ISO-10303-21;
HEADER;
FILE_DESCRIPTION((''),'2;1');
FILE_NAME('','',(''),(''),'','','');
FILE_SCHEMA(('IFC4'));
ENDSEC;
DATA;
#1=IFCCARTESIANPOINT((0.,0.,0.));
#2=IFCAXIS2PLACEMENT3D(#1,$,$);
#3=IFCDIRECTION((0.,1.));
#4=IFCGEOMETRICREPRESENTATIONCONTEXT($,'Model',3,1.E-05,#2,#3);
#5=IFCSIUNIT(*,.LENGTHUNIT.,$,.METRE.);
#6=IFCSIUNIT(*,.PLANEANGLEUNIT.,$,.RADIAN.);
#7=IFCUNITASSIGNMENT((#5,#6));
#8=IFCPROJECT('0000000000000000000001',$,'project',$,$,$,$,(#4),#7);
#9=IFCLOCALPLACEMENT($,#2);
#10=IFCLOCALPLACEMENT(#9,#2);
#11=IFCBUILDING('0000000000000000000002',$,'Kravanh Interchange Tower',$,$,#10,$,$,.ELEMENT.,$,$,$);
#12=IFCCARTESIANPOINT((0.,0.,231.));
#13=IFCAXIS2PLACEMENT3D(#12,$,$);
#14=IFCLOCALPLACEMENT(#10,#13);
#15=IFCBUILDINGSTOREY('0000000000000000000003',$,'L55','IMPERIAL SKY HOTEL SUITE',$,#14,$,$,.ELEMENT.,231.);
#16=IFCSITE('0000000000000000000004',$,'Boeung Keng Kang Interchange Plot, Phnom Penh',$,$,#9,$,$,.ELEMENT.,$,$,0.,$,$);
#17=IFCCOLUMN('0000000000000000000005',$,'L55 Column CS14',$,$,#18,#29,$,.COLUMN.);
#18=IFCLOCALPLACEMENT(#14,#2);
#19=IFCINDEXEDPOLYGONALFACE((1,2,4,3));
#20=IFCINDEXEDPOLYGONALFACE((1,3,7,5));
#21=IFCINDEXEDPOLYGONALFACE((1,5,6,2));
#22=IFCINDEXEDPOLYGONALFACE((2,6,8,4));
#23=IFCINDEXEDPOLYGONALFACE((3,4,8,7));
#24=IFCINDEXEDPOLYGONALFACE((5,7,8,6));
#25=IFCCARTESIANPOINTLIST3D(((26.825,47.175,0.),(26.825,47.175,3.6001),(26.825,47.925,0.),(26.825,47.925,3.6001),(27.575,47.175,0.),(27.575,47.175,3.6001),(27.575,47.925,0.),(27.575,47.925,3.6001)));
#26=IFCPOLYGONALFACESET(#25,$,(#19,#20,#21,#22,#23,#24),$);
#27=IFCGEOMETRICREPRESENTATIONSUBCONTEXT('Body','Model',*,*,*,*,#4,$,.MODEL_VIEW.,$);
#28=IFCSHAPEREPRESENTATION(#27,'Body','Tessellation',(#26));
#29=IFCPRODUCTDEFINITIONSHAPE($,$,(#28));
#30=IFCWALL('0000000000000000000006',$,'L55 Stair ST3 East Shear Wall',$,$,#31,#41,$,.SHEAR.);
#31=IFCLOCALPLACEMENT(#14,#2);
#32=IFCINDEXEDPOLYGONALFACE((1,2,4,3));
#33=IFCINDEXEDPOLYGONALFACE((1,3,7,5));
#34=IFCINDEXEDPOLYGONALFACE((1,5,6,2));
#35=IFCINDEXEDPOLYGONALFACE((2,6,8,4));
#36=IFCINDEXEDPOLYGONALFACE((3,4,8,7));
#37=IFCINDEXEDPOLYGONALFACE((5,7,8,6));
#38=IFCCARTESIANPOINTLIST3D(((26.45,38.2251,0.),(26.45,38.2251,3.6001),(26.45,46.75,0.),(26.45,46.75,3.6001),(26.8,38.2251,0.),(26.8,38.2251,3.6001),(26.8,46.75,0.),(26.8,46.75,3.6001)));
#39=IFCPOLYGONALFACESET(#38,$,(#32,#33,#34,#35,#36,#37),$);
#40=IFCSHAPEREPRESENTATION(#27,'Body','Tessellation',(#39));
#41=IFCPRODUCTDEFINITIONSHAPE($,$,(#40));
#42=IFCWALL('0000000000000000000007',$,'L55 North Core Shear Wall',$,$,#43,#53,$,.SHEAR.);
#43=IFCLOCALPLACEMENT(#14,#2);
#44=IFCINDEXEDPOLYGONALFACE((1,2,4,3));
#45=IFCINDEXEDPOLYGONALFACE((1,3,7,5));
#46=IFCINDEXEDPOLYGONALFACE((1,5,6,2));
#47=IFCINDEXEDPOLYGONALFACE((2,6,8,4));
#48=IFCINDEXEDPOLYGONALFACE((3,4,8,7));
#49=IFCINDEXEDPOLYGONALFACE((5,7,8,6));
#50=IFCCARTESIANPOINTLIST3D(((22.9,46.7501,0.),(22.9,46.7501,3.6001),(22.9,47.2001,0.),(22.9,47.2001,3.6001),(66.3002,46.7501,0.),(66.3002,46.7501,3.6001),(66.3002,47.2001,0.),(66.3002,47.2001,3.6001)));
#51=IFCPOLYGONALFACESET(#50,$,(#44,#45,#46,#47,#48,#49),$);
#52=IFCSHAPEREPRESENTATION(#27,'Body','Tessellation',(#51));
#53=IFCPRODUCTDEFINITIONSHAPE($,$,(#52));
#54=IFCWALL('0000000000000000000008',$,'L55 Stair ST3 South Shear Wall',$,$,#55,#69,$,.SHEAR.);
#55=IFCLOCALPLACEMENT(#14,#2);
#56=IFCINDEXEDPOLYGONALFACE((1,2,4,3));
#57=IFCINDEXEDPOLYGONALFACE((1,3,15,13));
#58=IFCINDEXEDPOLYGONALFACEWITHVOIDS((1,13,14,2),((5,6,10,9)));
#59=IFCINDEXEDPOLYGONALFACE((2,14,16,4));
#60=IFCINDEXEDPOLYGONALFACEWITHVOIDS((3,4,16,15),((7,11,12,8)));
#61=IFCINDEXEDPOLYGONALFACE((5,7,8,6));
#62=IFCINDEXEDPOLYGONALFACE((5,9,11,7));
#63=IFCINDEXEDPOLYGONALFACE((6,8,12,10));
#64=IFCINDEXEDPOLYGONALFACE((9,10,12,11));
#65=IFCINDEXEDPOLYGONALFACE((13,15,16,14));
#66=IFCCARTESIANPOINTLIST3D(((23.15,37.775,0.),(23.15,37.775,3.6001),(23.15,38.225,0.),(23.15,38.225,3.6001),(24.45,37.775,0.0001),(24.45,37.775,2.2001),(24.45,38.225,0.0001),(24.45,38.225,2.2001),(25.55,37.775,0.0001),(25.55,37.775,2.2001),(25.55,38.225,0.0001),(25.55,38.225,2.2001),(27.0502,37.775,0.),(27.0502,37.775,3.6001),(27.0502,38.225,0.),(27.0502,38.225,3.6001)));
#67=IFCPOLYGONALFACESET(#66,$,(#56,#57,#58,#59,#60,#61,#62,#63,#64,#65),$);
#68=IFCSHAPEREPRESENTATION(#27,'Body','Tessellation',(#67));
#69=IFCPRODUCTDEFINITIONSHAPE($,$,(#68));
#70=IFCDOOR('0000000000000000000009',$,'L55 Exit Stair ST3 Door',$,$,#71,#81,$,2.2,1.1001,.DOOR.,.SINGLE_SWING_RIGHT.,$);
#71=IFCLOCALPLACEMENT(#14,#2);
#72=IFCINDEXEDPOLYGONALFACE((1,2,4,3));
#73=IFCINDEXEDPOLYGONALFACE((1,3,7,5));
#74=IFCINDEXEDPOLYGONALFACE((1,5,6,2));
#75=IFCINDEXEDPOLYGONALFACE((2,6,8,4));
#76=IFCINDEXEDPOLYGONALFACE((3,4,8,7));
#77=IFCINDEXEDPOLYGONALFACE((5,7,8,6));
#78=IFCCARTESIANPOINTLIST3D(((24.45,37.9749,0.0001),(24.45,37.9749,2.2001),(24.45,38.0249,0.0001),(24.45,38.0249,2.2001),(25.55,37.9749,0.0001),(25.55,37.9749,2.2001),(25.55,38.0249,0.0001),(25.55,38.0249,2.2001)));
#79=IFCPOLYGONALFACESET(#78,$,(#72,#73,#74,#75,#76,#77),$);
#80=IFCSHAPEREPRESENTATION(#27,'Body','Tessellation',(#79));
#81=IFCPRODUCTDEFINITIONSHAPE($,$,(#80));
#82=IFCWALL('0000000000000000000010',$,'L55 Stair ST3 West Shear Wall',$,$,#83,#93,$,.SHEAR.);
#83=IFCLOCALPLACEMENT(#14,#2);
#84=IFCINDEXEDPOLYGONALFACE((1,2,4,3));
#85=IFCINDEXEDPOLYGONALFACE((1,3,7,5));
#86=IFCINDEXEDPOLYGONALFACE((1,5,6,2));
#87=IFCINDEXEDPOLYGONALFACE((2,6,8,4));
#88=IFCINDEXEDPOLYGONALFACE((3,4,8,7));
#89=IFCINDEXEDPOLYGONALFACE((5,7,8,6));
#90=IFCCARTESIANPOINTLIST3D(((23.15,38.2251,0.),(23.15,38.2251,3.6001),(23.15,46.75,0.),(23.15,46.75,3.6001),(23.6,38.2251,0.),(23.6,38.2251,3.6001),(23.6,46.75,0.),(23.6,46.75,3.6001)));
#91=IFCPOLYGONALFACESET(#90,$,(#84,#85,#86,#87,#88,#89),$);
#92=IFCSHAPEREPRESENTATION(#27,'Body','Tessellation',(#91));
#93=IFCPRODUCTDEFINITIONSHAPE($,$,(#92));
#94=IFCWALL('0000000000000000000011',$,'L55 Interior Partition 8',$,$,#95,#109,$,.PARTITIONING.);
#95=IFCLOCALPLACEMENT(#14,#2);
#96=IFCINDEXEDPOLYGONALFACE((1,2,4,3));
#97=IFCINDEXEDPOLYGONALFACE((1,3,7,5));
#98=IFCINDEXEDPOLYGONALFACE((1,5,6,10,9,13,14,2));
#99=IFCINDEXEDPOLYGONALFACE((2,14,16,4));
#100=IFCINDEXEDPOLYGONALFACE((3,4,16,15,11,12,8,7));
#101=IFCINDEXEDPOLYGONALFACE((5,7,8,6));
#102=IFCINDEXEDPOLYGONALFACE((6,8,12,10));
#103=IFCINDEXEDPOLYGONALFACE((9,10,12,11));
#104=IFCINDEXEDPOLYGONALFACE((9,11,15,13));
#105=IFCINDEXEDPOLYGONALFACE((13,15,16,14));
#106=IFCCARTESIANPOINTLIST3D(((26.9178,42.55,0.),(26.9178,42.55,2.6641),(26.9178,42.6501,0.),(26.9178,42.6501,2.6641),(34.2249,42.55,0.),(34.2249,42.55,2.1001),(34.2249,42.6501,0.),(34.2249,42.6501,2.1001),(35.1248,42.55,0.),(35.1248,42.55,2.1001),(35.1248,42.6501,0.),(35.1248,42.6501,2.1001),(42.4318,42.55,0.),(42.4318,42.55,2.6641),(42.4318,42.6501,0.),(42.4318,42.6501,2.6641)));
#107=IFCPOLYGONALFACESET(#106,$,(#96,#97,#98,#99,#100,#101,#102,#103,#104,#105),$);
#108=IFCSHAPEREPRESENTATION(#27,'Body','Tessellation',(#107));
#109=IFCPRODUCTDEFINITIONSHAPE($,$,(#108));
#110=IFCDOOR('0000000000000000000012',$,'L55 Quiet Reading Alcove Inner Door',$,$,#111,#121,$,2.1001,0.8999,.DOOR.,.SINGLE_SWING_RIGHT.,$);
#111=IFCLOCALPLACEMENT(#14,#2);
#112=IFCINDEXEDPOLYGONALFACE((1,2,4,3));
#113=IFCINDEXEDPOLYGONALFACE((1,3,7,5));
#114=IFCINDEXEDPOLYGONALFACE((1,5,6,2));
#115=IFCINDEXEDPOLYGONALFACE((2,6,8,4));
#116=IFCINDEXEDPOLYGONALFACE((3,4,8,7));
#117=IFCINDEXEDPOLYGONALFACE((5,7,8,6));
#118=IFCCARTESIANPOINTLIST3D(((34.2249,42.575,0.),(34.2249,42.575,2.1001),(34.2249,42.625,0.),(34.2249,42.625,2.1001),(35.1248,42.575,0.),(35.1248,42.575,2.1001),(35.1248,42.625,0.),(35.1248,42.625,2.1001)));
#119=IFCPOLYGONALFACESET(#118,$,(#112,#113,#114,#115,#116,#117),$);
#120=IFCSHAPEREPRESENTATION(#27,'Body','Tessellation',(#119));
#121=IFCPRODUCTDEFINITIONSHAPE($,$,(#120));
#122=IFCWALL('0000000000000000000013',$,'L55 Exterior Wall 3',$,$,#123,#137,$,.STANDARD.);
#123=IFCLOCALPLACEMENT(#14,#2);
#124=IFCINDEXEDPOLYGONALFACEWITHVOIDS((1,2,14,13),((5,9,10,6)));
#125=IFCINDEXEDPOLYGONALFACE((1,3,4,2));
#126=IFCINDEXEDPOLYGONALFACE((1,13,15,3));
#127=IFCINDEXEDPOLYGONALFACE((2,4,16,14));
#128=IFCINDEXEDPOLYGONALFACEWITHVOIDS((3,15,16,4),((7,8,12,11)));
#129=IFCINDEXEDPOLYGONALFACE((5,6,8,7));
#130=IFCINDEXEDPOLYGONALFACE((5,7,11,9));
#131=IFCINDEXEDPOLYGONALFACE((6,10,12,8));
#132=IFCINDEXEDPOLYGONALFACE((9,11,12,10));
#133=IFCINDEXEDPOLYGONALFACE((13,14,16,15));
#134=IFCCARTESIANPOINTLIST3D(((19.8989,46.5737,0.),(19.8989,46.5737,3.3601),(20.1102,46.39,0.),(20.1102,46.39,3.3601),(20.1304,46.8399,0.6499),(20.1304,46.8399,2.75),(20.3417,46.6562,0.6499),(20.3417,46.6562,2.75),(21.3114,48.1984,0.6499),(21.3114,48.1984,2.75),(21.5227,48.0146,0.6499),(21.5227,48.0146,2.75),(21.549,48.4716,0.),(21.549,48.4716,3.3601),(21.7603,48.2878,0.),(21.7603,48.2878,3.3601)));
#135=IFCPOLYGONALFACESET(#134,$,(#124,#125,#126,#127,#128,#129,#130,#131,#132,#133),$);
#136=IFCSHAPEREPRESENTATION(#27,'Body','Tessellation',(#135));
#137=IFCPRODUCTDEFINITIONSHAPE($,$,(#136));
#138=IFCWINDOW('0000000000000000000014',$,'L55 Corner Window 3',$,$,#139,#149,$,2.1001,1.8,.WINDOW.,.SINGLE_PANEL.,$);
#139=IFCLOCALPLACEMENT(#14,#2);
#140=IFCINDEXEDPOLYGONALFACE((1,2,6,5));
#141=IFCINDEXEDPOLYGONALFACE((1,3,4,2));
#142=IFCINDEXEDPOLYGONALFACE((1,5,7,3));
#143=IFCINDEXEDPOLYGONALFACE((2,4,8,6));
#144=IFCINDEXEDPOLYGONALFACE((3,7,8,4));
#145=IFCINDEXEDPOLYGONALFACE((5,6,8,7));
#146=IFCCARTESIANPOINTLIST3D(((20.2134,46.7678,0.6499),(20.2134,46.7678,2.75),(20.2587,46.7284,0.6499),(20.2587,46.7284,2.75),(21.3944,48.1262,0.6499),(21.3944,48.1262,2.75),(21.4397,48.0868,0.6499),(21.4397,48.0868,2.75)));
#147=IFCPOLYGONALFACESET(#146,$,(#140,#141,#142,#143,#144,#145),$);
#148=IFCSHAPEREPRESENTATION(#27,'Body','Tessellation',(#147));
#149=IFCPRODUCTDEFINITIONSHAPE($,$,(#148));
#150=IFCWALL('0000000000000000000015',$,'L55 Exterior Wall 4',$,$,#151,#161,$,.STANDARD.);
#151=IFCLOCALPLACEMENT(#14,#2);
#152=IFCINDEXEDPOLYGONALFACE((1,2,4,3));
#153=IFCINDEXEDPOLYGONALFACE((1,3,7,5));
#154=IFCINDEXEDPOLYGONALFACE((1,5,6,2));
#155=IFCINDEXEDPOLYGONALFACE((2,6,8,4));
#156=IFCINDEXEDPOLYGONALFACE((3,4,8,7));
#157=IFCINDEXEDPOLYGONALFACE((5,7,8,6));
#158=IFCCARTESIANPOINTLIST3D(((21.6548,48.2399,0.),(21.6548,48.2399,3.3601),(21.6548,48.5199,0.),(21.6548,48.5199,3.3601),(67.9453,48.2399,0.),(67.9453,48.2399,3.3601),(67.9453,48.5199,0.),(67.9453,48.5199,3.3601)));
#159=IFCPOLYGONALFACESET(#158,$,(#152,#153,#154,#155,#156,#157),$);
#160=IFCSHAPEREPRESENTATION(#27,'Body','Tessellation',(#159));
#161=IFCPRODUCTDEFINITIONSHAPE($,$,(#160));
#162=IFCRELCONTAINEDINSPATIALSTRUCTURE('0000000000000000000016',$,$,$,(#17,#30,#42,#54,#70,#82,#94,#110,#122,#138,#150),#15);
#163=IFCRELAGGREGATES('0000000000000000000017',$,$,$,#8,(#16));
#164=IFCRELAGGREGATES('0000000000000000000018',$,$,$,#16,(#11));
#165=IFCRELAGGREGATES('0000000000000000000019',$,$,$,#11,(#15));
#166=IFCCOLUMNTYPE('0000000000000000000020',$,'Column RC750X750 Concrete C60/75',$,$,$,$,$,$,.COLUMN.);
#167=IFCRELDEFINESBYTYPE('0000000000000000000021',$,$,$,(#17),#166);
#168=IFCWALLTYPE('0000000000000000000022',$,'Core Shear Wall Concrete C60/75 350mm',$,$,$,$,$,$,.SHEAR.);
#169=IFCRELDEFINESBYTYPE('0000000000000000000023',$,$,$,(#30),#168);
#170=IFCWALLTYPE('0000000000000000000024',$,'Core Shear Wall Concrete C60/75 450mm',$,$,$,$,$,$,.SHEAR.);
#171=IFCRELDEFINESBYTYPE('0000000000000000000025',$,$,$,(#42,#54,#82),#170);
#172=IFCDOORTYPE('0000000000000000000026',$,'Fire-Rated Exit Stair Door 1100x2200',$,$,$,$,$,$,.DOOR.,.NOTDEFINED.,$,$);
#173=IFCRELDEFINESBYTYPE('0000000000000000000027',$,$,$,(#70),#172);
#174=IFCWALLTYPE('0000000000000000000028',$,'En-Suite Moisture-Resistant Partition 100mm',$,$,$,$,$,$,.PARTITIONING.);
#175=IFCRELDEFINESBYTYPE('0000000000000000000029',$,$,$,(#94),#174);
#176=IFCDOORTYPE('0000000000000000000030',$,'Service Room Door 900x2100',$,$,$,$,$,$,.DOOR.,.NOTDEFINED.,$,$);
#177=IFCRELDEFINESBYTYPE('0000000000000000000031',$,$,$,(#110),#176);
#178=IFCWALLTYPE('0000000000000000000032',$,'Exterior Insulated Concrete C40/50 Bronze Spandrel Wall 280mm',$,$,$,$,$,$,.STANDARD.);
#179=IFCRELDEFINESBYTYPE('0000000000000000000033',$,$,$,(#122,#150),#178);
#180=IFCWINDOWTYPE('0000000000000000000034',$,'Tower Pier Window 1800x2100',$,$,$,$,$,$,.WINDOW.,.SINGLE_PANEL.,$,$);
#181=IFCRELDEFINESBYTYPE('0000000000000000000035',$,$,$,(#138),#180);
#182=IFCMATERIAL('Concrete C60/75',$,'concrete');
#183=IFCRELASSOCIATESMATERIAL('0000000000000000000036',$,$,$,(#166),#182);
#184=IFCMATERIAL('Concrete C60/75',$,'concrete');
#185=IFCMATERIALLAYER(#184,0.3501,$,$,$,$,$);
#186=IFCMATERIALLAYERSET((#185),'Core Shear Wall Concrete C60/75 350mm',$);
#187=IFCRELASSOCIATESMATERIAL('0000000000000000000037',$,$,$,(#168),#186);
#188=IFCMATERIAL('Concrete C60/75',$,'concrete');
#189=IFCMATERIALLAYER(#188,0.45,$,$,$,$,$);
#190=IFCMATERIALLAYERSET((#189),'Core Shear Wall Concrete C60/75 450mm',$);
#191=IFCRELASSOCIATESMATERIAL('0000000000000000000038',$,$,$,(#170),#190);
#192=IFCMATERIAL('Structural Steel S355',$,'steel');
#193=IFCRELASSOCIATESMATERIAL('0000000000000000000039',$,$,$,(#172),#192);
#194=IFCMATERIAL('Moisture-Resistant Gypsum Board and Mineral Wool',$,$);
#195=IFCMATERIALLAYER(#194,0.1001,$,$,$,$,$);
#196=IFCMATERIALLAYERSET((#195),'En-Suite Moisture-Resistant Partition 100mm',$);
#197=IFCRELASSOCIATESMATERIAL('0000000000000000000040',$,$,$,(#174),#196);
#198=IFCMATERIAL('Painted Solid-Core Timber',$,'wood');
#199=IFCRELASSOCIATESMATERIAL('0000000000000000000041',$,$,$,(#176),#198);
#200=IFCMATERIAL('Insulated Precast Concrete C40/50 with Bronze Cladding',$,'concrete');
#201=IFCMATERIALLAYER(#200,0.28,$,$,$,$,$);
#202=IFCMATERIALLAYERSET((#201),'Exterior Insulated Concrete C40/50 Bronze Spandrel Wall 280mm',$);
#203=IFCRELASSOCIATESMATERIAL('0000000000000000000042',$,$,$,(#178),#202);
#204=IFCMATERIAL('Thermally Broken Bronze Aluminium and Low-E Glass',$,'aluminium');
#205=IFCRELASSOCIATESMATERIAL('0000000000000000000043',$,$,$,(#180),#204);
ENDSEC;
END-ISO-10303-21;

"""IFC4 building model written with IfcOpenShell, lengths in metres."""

from ifc_helpers import new_model, si_unit, direction, frame, frame_2d, origin, origin_2d, place, context, subcontext, project, spatial, rectangle, extrude, material, layer, layer_set, material_profile, profile_set, type_object, element, fill, save


model = new_model("IFC4")

# Units and contexts
model_context = context("Model", 3, precision=1e-05, world=origin(), true_north=direction((0.0, 1.0)))
body_context = subcontext(model_context, "Body", "Model", "MODEL_VIEW")
ifc_project = project(units=[si_unit("LENGTHUNIT", "METRE"), si_unit("PLANEANGLEUNIT", "RADIAN")], contexts=[model_context])

# Site, building, storey
site_placement = place(None, origin())
site = spatial("IfcSite", under=ifc_project, at=site_placement, Name="Boeung Keng Kang Interchange Plot, Phnom Penh", CompositionType="ELEMENT", RefElevation=0.0)
building_placement = place(site_placement, origin())
building = spatial("IfcBuilding", under=site, at=building_placement, Name="Kravanh Interchange Tower", CompositionType="ELEMENT")
storey_placement = place(building_placement, frame((0.0, 0.0, 231.0)))
storey = spatial("IfcBuildingStorey", under=building, at=storey_placement, Name="L55", Description="IMPERIAL SKY HOTEL SUITE", CompositionType="ELEMENT", Elevation=231.0)

# Column
ifc_material_1 = material(Name="Concrete C60/75", Category="concrete")
ifc_material_profile = material_profile(ifc_material_1, rectangle(XDim=0.75, YDim=0.75, at=origin_2d()), Name="RC750X750")
ifc_profile_set = profile_set([ifc_material_profile], Name="Concrete C60/75")
column_type = type_object("IfcColumnType", Name="Column RC750X750 Concrete C60/75", PredefinedType="COLUMN", material=ifc_profile_set)
column_placement = place(storey_placement, frame((27.2, 47.55, 0.0), z_axis=(0.0, 0.0, 1.0), x_axis=(1.0, 0.0, 0.0)))
element("IfcColumn", 1, at=column_placement, inside=storey, type_object=column_type, Name="L55 Column CS14", PredefinedType="COLUMN", context=body_context, shape_type="SweptSolid", body=[
    extrude(rectangle(XDim=0.75, YDim=0.75, at=origin_2d()), origin(), (0.0, 0.0, 1.0), 3.6001),
])

# Walls
ifc_material_2 = material(Name="Concrete C60/75", Category="concrete")
ifc_layer_1 = layer(ifc_material_2, 0.3501)
ifc_layer_set_1 = layer_set([ifc_layer_1], Name="Core Shear Wall Concrete C60/75 350mm")
wall_type_1 = type_object("IfcWallType", Name="Core Shear Wall Concrete C60/75 350mm", PredefinedType="SHEAR", material=ifc_layer_set_1)
wall_1_placement = place(storey_placement, frame((26.625, 38.2251, 0.0), z_axis=(0.0, 0.0, 1.0), x_axis=(0.0, 1.0, 0.0)))
element("IfcWall", 2, at=wall_1_placement, inside=storey, type_object=wall_type_1, Name="L55 Stair ST3 East Shear Wall", PredefinedType="SHEAR", context=body_context, shape_type="SweptSolid", body=[
    extrude(rectangle(XDim=8.5249, YDim=0.3501, at=frame_2d((4.2625, 0.0))), origin(), (0.0, 0.0, 1.0), 3.6001),
])
ifc_material_3 = material(Name="Concrete C60/75", Category="concrete")
ifc_layer_2 = layer(ifc_material_3, 0.45)
ifc_layer_set_2 = layer_set([ifc_layer_2], Name="Core Shear Wall Concrete C60/75 450mm")
wall_type_2 = type_object("IfcWallType", Name="Core Shear Wall Concrete C60/75 450mm", PredefinedType="SHEAR", material=ifc_layer_set_2)
wall_2_placement = place(storey_placement, frame((22.8999, 46.9751, 0.0), z_axis=(0.0, 0.0, 1.0), x_axis=(1.0, 0.0, 0.0)))
element("IfcWall", 3, at=wall_2_placement, inside=storey, type_object=wall_type_2, Name="L55 North Core Shear Wall", PredefinedType="SHEAR", context=body_context, shape_type="SweptSolid", body=[
    extrude(rectangle(XDim=43.4001, YDim=0.45, at=frame_2d((21.7002, 0.0))), origin(), (0.0, 0.0, 1.0), 3.6001),
])

# Wall, opening, door
wall_3_placement = place(storey_placement, frame((23.1499, 38.0, 0.0), z_axis=(0.0, 0.0, 1.0), x_axis=(1.0, 0.0, 0.0)))
wall_3 = element("IfcWall", 4, at=wall_3_placement, inside=storey, type_object=wall_type_2, Name="L55 Stair ST3 South Shear Wall", PredefinedType="SHEAR", context=body_context, shape_type="SweptSolid", body=[
    extrude(rectangle(XDim=3.9001, YDim=0.45, at=frame_2d((1.9502, 0.0))), origin(), (0.0, 0.0, 1.0), 3.6001),
])
opening_1_placement = place(wall_3_placement, frame((1.3, 0.0, 0.0)))
opening_1 = element("IfcOpeningElement", 5, at=opening_1_placement, cuts=wall_3, PredefinedType="OPENING", context=body_context, shape_type="SweptSolid", body=[
    extrude(rectangle(XDim=1.1001, YDim=2.2, at=frame_2d((0.55, 1.1001))), frame((0.0, 0.2349, 0.0), z_axis=(0.0, -1.0, 0.0), x_axis=(1.0, 0.0, 0.0)), (0.0, 0.0, 1.0), 0.47),
])
ifc_material_4 = material(Name="Structural Steel S355", Category="steel")
door_type_1 = type_object("IfcDoorType", Name="Fire-Rated Exit Stair Door 1100x2200", OperationType="NOTDEFINED", PredefinedType="DOOR", material=ifc_material_4)
door_1_placement = place(opening_1_placement, origin())
door_1 = element("IfcDoor", 6, at=door_1_placement, inside=storey, type_object=door_type_1, Name="L55 Exit Stair ST3 Door", OperationType="SINGLE_SWING_RIGHT", OverallHeight=2.2, OverallWidth=1.1001, PredefinedType="DOOR", context=body_context, shape_type="SweptSolid", body=[
    extrude(rectangle(XDim=1.1001, YDim=2.2, at=frame_2d((0.55, 1.1001))), frame((0.0, 0.0249, 0.0), z_axis=(0.0, -1.0, 0.0), x_axis=(1.0, 0.0, 0.0)), (0.0, 0.0, 1.0), 0.05),
])
fill(opening_1, door_1)

# Wall
wall_4_placement = place(storey_placement, frame((23.375, 38.2251, 0.0), z_axis=(0.0, 0.0, 1.0), x_axis=(0.0, 1.0, 0.0)))
element("IfcWall", 7, at=wall_4_placement, inside=storey, type_object=wall_type_2, Name="L55 Stair ST3 West Shear Wall", PredefinedType="SHEAR", context=body_context, shape_type="SweptSolid", body=[
    extrude(rectangle(XDim=8.5249, YDim=0.45, at=frame_2d((4.2625, 0.0))), origin(), (0.0, 0.0, 1.0), 3.6001),
])

# Wall, opening, door
ifc_material_5 = material(Name="Moisture-Resistant Gypsum Board and Mineral Wool")
ifc_layer_3 = layer(ifc_material_5, 0.1001)
ifc_layer_set_3 = layer_set([ifc_layer_3], Name="En-Suite Moisture-Resistant Partition 100mm")
wall_type_3 = type_object("IfcWallType", Name="En-Suite Moisture-Resistant Partition 100mm", PredefinedType="PARTITIONING", material=ifc_layer_set_3)
wall_5_placement = place(storey_placement, frame((26.918, 42.6001, 0.0), z_axis=(0.0, 0.0, 1.0), x_axis=(1.0, 0.0, 0.0)))
wall_5 = element("IfcWall", 8, at=wall_5_placement, inside=storey, type_object=wall_type_3, Name="L55 Interior Partition 8", PredefinedType="PARTITIONING", context=body_context, shape_type="SweptSolid", body=[
    extrude(rectangle(XDim=15.5139, YDim=0.1001, at=frame_2d((7.7568, 0.0))), origin(), (0.0, 0.0, 1.0), 2.6641),
])
opening_2_placement = place(wall_5_placement, frame((7.3069, 0.0, 0.0)))
opening_2 = element("IfcOpeningElement", 9, at=opening_2_placement, cuts=wall_5, PredefinedType="OPENING", context=body_context, shape_type="SweptSolid", body=[
    extrude(rectangle(XDim=0.8999, YDim=2.1001, at=frame_2d((0.45, 1.05))), frame((0.0, 0.0601, 0.0), z_axis=(0.0, -1.0, 0.0), x_axis=(1.0, 0.0, 0.0)), (0.0, 0.0, 1.0), 0.1201),
])
ifc_material_6 = material(Name="Painted Solid-Core Timber", Category="wood")
door_type_2 = type_object("IfcDoorType", Name="Service Room Door 900x2100", OperationType="NOTDEFINED", PredefinedType="DOOR", material=ifc_material_6)
door_2_placement = place(opening_2_placement, origin())
door_2 = element("IfcDoor", 10, at=door_2_placement, inside=storey, type_object=door_type_2, Name="L55 Quiet Reading Alcove Inner Door", OperationType="SINGLE_SWING_RIGHT", OverallHeight=2.1001, OverallWidth=0.8999, PredefinedType="DOOR", context=body_context, shape_type="SweptSolid", body=[
    extrude(rectangle(XDim=0.8999, YDim=2.1001, at=frame_2d((0.45, 1.05))), frame((0.0, 0.0249, 0.0), z_axis=(0.0, -1.0, 0.0), x_axis=(1.0, 0.0, 0.0)), (0.0, 0.0, 1.0), 0.05),
])
fill(opening_2, door_2)

# Wall, opening, window
ifc_material_7 = material(Name="Insulated Precast Concrete C40/50 with Bronze Cladding", Category="concrete")
ifc_layer_4 = layer(ifc_material_7, 0.28)
ifc_layer_set_4 = layer_set([ifc_layer_4], Name="Exterior Insulated Concrete C40/50 Bronze Spandrel Wall 280mm")
wall_type_4 = type_object("IfcWallType", Name="Exterior Insulated Concrete C40/50 Bronze Spandrel Wall 280mm", PredefinedType="STANDARD", material=ifc_layer_set_4)
wall_6_placement = place(storey_placement, frame((20.0046, 46.4819, 0.0), z_axis=(0.0, 0.0, 1.0), x_axis=(0.656123, 0.754654, 0.0)))
wall_6 = element("IfcWall", 11, at=wall_6_placement, inside=storey, type_object=wall_type_4, Name="L55 Exterior Wall 3", PredefinedType="STANDARD", context=body_context, shape_type="SweptSolid", body=[
    extrude(rectangle(XDim=2.5149, YDim=0.28, at=frame_2d((1.2573, 0.0))), origin(), (0.0, 0.0, 1.0), 3.3601),
])
opening_3_placement = place(wall_6_placement, frame((0.3528, 0.0, 0.6499)))
opening_3 = element("IfcOpeningElement", 12, at=opening_3_placement, cuts=wall_6, PredefinedType="OPENING", context=body_context, shape_type="SweptSolid", body=[
    extrude(rectangle(XDim=1.8, YDim=2.1001, at=frame_2d((0.8999, 1.05))), frame((0.0, 0.1499, 0.0), z_axis=(0.0, -1.0, 0.0), x_axis=(1.0, 0.0, 0.0)), (0.0, 0.0, 1.0), 0.3),
])
ifc_material_8 = material(Name="Thermally Broken Bronze Aluminium and Low-E Glass", Category="aluminium")
window_type = type_object("IfcWindowType", Name="Tower Pier Window 1800x2100", PartitioningType="SINGLE_PANEL", PredefinedType="WINDOW", material=ifc_material_8)
window_placement = place(opening_3_placement, origin())
window = element("IfcWindow", 13, at=window_placement, inside=storey, type_object=window_type, Name="L55 Corner Window 3", OverallHeight=2.1001, OverallWidth=1.8, PartitioningType="SINGLE_PANEL", PredefinedType="WINDOW", context=body_context, shape_type="SweptSolid", body=[
    extrude(rectangle(XDim=1.8, YDim=2.1001, at=frame_2d((0.8999, 1.05))), frame((0.0, 0.03, 0.0), z_axis=(0.0, -1.0, 0.0), x_axis=(1.0, 0.0, 0.0)), (0.0, 0.0, 1.0), 0.0601),
])
fill(opening_3, window)

# Wall
wall_7_placement = place(storey_placement, frame((21.6548, 48.3799, 0.0), z_axis=(0.0, 0.0, 1.0), x_axis=(1.0, 0.0, 0.0)))
element("IfcWall", 14, at=wall_7_placement, inside=storey, type_object=wall_type_4, Name="L55 Exterior Wall 4", PredefinedType="STANDARD", context=body_context, shape_type="SweptSolid", body=[
    extrude(rectangle(XDim=46.2905, YDim=0.28, at=frame_2d((23.1453, 0.0))), origin(), (0.0, 0.0, 1.0), 3.3601),
])

save(model, "model.ifc")
